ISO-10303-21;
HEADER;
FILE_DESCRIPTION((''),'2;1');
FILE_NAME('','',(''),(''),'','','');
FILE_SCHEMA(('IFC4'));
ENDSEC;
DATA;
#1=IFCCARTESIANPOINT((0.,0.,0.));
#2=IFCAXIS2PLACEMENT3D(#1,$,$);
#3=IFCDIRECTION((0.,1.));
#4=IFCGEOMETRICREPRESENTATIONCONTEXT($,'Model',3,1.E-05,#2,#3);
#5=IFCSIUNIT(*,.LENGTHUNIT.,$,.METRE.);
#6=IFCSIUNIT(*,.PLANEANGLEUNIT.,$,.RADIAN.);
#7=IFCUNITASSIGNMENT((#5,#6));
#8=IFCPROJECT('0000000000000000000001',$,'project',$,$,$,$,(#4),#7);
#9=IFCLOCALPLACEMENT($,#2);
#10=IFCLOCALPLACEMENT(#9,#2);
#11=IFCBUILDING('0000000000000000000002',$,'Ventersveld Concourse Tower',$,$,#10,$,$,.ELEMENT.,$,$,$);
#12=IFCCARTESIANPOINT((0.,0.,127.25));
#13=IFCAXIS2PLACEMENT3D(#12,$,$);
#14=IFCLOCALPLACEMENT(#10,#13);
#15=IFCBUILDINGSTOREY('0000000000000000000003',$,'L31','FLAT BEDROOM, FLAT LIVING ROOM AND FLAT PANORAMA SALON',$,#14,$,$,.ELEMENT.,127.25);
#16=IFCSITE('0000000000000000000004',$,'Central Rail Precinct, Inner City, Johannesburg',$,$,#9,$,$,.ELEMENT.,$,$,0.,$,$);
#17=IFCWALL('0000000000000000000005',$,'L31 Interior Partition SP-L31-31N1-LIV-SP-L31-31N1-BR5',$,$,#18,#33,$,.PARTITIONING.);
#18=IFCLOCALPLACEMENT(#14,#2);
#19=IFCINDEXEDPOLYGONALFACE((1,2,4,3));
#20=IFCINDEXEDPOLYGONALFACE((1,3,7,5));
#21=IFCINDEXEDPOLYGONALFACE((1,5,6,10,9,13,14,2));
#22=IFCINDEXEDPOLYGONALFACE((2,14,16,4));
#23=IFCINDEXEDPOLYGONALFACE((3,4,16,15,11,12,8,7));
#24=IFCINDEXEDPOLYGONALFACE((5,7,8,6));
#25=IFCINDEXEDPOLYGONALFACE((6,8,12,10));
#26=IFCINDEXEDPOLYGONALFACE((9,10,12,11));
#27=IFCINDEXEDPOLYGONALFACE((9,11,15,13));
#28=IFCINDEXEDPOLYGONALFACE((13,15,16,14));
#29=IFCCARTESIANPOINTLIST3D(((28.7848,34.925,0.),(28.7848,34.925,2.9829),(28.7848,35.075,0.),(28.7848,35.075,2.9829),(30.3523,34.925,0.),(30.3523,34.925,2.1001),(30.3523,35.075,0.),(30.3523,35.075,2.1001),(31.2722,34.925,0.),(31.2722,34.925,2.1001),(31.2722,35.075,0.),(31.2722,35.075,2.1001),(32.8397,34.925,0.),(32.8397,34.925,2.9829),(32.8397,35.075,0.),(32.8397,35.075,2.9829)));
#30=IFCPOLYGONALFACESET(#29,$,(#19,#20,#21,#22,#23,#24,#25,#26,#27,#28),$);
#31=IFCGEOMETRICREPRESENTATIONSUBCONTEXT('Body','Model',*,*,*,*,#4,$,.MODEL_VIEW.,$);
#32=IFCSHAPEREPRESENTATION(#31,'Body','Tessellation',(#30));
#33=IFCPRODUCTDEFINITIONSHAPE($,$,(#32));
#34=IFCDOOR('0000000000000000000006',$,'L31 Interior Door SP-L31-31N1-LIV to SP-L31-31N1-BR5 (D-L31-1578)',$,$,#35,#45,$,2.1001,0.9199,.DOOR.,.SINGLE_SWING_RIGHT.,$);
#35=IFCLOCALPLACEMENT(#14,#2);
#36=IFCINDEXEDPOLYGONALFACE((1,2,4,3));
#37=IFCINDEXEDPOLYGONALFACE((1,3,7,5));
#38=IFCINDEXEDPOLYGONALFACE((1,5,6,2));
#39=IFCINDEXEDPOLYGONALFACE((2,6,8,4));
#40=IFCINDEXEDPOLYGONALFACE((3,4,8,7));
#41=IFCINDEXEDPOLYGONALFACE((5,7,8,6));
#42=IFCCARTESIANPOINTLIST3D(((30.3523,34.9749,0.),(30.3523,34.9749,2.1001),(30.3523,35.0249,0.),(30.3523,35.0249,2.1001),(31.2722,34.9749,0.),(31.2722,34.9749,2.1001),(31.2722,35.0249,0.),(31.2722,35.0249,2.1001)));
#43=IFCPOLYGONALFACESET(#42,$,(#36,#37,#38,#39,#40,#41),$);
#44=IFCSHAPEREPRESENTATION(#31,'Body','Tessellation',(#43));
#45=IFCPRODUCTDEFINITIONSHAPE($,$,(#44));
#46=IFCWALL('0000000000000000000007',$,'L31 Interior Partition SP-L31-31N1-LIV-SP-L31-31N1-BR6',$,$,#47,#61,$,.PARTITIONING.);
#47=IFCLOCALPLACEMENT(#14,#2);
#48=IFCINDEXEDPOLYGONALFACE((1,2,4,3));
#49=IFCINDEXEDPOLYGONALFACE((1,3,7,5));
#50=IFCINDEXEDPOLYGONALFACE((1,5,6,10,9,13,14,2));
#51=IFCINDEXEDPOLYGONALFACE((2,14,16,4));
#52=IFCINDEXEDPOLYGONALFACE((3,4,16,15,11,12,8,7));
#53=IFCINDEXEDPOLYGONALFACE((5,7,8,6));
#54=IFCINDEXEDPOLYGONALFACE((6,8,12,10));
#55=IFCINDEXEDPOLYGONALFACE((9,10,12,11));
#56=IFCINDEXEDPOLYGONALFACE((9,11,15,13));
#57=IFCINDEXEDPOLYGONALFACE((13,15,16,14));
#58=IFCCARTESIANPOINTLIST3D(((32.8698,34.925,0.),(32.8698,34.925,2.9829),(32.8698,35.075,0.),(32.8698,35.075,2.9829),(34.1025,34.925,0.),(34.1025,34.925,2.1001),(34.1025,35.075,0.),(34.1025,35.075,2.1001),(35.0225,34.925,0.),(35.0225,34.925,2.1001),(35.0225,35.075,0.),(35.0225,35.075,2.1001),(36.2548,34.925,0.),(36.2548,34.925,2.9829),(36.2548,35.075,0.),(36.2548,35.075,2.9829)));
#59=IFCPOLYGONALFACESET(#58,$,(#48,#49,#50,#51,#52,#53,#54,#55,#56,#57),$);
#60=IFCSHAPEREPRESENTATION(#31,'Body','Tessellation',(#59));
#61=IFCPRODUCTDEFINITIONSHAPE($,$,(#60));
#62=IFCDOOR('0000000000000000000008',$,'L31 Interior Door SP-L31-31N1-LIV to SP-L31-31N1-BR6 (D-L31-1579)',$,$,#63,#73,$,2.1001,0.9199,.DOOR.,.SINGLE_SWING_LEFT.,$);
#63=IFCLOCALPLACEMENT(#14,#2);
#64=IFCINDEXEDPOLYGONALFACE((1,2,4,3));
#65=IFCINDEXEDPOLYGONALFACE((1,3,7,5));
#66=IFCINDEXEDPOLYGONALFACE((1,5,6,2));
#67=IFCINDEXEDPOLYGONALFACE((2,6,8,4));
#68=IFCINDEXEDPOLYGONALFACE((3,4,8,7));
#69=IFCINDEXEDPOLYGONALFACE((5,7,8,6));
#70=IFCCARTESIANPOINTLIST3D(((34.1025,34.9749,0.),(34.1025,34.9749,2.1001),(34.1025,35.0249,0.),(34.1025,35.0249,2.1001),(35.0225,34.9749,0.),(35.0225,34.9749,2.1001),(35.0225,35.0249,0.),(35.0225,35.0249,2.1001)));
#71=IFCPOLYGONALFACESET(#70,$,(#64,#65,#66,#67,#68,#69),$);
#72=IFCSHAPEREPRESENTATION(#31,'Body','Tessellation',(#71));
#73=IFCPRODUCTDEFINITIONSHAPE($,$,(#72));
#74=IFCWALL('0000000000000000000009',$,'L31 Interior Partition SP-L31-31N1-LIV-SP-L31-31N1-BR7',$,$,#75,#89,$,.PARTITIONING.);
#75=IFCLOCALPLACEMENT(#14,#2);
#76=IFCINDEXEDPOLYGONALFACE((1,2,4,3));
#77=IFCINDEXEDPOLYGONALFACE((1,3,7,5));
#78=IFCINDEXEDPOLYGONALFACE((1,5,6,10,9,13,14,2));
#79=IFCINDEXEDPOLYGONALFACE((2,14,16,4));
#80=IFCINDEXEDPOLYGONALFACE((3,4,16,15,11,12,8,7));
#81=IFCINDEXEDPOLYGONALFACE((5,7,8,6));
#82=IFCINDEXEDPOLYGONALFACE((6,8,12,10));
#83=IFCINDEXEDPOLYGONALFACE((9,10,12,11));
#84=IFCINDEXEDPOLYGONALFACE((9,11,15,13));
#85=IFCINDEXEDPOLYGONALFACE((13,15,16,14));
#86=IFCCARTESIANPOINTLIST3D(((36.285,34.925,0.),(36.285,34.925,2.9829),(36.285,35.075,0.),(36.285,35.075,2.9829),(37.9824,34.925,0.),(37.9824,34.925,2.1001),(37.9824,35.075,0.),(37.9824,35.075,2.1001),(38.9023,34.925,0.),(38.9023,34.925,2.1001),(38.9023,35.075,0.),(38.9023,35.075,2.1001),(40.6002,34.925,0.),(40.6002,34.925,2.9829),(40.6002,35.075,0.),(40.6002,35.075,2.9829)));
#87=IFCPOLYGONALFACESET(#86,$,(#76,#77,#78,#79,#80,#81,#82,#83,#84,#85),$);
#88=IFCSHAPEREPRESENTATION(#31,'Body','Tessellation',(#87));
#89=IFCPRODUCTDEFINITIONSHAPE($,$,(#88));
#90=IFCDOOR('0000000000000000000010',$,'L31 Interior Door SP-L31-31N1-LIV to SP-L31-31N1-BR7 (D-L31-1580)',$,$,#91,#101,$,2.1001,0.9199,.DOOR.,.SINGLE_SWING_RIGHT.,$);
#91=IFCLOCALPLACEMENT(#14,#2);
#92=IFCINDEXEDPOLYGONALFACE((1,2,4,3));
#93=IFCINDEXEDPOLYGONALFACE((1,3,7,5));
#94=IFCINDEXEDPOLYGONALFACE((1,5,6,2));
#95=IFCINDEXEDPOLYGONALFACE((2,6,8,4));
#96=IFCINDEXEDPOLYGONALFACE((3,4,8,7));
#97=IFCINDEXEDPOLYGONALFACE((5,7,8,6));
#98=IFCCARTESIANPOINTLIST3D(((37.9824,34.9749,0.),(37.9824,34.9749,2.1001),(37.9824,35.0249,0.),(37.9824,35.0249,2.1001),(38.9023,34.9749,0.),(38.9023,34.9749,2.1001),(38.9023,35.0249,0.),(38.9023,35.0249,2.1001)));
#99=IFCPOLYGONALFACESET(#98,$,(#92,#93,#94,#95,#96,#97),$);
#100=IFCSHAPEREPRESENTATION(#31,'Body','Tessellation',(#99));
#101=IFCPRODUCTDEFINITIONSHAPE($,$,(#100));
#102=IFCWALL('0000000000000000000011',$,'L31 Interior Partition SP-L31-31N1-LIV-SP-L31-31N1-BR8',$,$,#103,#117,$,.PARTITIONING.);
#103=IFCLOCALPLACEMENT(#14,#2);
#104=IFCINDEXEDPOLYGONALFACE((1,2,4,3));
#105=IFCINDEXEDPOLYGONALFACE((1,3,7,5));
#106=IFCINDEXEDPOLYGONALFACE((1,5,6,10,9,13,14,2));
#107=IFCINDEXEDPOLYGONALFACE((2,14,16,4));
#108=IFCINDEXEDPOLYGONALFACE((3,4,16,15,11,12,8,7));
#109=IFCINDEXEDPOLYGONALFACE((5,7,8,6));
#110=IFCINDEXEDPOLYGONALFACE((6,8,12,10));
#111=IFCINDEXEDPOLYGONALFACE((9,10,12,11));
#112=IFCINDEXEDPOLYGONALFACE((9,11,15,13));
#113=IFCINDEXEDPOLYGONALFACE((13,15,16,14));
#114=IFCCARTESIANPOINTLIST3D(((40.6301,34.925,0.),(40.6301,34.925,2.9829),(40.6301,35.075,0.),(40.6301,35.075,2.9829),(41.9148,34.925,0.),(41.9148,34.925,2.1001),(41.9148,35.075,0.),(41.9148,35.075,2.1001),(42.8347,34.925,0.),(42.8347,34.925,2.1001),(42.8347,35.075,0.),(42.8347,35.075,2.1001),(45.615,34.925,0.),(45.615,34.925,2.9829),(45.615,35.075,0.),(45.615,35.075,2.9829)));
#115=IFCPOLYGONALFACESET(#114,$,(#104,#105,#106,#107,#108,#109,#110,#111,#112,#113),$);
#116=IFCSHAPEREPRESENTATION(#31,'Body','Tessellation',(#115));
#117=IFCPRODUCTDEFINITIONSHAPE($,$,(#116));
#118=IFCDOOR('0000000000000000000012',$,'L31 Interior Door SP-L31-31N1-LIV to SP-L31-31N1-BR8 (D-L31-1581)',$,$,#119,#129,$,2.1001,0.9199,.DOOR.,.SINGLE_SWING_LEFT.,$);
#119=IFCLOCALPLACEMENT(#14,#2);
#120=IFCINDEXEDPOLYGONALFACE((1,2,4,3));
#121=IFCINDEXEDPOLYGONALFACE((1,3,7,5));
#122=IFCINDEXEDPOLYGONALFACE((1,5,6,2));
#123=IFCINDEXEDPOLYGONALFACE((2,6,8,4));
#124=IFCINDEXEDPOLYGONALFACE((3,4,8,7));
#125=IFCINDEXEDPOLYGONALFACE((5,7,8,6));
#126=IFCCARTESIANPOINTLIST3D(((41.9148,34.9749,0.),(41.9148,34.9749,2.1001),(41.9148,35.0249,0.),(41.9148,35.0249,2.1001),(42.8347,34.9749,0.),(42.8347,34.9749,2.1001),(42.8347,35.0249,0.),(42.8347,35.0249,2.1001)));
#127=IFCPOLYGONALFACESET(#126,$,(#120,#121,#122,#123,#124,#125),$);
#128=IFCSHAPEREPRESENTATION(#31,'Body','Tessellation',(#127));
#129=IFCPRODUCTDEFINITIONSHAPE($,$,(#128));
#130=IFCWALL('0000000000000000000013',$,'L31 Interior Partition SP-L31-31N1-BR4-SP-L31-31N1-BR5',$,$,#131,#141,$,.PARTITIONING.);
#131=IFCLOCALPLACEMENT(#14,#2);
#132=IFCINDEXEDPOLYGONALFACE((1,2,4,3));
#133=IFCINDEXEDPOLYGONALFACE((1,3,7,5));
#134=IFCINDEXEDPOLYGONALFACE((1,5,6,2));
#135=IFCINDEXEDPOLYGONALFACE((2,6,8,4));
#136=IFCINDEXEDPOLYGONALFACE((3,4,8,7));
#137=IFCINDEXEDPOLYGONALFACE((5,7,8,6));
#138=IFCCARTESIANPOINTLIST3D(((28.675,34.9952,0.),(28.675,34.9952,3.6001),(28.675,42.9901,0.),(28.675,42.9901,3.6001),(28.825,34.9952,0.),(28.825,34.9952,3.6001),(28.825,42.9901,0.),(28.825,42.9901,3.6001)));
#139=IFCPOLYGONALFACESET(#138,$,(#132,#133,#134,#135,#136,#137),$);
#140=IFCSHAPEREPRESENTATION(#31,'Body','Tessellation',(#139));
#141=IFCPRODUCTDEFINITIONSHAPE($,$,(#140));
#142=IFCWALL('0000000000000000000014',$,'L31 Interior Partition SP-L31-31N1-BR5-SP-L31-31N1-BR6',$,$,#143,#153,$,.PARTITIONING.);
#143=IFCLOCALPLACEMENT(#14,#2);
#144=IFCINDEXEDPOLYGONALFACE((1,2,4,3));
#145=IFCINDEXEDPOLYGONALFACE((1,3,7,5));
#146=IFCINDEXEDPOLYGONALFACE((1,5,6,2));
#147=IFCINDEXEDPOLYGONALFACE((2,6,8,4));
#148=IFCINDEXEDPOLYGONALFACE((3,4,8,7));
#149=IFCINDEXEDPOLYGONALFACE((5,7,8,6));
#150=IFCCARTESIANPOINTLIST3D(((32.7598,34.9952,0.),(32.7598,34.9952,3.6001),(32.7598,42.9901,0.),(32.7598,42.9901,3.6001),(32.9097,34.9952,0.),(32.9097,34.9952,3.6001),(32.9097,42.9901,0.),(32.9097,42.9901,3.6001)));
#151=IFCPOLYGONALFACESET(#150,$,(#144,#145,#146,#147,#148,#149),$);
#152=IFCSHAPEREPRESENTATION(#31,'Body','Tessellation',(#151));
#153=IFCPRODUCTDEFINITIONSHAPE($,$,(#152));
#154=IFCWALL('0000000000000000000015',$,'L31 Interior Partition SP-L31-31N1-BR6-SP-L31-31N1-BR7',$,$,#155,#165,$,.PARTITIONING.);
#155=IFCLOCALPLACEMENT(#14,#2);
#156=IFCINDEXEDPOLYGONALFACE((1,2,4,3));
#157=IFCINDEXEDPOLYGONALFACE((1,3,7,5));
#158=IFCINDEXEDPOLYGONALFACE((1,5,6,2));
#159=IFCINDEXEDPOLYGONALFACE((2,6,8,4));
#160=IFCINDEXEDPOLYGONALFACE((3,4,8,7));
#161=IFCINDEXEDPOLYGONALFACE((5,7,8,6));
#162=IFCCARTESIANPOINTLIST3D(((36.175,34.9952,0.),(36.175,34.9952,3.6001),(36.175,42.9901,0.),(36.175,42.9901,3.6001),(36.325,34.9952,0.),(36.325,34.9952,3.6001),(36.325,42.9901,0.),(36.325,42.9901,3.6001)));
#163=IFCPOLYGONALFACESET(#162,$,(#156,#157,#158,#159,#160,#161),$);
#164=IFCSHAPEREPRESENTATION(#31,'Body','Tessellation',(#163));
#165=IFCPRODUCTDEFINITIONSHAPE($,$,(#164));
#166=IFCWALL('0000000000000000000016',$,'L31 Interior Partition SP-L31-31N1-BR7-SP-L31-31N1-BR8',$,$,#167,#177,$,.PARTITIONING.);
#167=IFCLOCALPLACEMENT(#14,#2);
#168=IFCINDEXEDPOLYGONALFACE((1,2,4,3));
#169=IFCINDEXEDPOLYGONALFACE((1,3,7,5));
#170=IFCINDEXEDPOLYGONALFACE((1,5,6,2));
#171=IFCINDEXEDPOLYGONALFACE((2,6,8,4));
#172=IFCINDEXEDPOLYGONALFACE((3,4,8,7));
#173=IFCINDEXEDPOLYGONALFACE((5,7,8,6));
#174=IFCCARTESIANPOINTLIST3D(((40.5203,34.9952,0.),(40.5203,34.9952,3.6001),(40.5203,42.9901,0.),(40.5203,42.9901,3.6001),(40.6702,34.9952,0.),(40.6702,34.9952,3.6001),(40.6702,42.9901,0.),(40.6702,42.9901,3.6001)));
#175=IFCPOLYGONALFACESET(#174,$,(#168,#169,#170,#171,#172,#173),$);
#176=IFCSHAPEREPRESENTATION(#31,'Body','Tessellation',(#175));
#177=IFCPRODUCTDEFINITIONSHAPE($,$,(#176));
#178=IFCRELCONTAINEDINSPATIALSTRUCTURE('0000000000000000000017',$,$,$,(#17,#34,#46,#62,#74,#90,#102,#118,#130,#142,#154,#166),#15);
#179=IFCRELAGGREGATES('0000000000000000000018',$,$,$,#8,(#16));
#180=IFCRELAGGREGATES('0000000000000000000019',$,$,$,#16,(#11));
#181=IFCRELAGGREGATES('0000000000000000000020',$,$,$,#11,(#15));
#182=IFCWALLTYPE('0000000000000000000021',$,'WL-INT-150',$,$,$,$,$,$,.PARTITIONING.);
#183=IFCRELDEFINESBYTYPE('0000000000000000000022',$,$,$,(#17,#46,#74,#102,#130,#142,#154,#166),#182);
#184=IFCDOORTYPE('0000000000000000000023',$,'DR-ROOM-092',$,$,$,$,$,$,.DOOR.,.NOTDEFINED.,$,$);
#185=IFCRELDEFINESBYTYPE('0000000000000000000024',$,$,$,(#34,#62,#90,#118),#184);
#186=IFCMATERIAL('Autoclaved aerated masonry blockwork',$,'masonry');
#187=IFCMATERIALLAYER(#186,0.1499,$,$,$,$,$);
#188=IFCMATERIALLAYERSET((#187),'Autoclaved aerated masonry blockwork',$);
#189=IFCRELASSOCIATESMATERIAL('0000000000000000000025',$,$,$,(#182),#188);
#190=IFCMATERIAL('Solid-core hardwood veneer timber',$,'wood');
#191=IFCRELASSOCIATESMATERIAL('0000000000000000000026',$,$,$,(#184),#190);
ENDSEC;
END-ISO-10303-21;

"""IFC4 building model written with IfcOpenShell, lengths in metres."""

from ifc_helpers import new_model, si_unit, direction, frame, frame_2d, origin, place, context, subcontext, project, spatial, rectangle, extrude, material, layer, layer_set, type_object, element, fill, save


model = new_model("IFC4")

# Units and contexts
model_context = context("Model", 3, precision=1e-05, world=origin(), true_north=direction((0.0, 1.0)))
body_context = subcontext(model_context, "Body", "Model", "MODEL_VIEW")
ifc_project = project(units=[si_unit("LENGTHUNIT", "METRE"), si_unit("PLANEANGLEUNIT", "RADIAN")], contexts=[model_context])

# Site, building, storey
site_placement = place(None, origin())
site = spatial("IfcSite", under=ifc_project, at=site_placement, Name="Central Rail Precinct, Inner City, Johannesburg", CompositionType="ELEMENT", RefElevation=0.0)
building_placement = place(site_placement, origin())
building = spatial("IfcBuilding", under=site, at=building_placement, Name="Ventersveld Concourse Tower", CompositionType="ELEMENT")
storey_placement = place(building_placement, frame((0.0, 0.0, 127.25)))
storey = spatial("IfcBuildingStorey", under=building, at=storey_placement, Name="L31", Description="FLAT BEDROOM, FLAT LIVING ROOM AND FLAT PANORAMA SALON", CompositionType="ELEMENT", Elevation=127.25)

# Walls, openings, doors
ifc_material_1 = material(Name="Autoclaved aerated masonry blockwork", Category="masonry")
ifc_layer = layer(ifc_material_1, 0.1499)
ifc_layer_set = layer_set([ifc_layer], Name="Autoclaved aerated masonry blockwork")
wall_type = type_object("IfcWallType", Name="WL-INT-150", PredefinedType="PARTITIONING", material=ifc_layer_set)
ifc_material_2 = material(Name="Solid-core hardwood veneer timber", Category="wood")
door_type = type_object("IfcDoorType", Name="DR-ROOM-092", OperationType="NOTDEFINED", PredefinedType="DOOR", material=ifc_material_2)
wall_1_placement = place(storey_placement, frame((28.7849, 35.0, 0.0), z_axis=(0.0, 0.0, 1.0), x_axis=(1.0, 0.0, 0.0)))
wall_1 = element("IfcWall", 1, at=wall_1_placement, inside=storey, type_object=wall_type, Name="L31 Interior Partition SP-L31-31N1-LIV-SP-L31-31N1-BR5", PredefinedType="PARTITIONING", context=body_context, shape_type="SweptSolid", body=[
    extrude(rectangle(XDim=4.0549, YDim=0.1499, at=frame_2d((2.0273, 0.0))), origin(), (0.0, 0.0, 1.0), 2.9829),
])
opening_1_placement = place(wall_1_placement, frame((1.5674, 0.0, 0.0)))
opening_1 = element("IfcOpeningElement", 2, at=opening_1_placement, cuts=wall_1, PredefinedType="OPENING", context=body_context, shape_type="SweptSolid", body=[
    extrude(rectangle(XDim=0.9199, YDim=2.1001, at=frame_2d((0.46, 1.05))), frame((0.0, 0.085, 0.0), z_axis=(0.0, -1.0, 0.0), x_axis=(1.0, 0.0, 0.0)), (0.0, 0.0, 1.0), 0.1699),
])
door_1_placement = place(opening_1_placement, origin())
door_1 = element("IfcDoor", 3, at=door_1_placement, inside=storey, type_object=door_type, Name="L31 Interior Door SP-L31-31N1-LIV to SP-L31-31N1-BR5 (D-L31-1578)", OperationType="SINGLE_SWING_RIGHT", OverallHeight=2.1001, OverallWidth=0.9199, PredefinedType="DOOR", context=body_context, shape_type="SweptSolid", body=[
    extrude(rectangle(XDim=0.9199, YDim=2.1001, at=frame_2d((0.46, 1.05))), frame((0.0, 0.0249, 0.0), z_axis=(0.0, -1.0, 0.0), x_axis=(1.0, 0.0, 0.0)), (0.0, 0.0, 1.0), 0.05),
])
fill(opening_1, door_1)
wall_2_placement = place(storey_placement, frame((32.8699, 35.0, 0.0), z_axis=(0.0, 0.0, 1.0), x_axis=(1.0, 0.0, 0.0)))
wall_2 = element("IfcWall", 4, at=wall_2_placement, inside=storey, type_object=wall_type, Name="L31 Interior Partition SP-L31-31N1-LIV-SP-L31-31N1-BR6", PredefinedType="PARTITIONING", context=body_context, shape_type="SweptSolid", body=[
    extrude(rectangle(XDim=3.385, YDim=0.1499, at=frame_2d((1.6924, 0.0))), origin(), (0.0, 0.0, 1.0), 2.9829),
])
opening_2_placement = place(wall_2_placement, frame((1.2327, 0.0, 0.0)))
opening_2 = element("IfcOpeningElement", 5, at=opening_2_placement, cuts=wall_2, PredefinedType="OPENING", context=body_context, shape_type="SweptSolid", body=[
    extrude(rectangle(XDim=0.9199, YDim=2.1001, at=frame_2d((0.46, 1.05))), frame((0.0, 0.085, 0.0), z_axis=(0.0, -1.0, 0.0), x_axis=(1.0, 0.0, 0.0)), (0.0, 0.0, 1.0), 0.1699),
])
door_2_placement = place(opening_2_placement, origin())
door_2 = element("IfcDoor", 6, at=door_2_placement, inside=storey, type_object=door_type, Name="L31 Interior Door SP-L31-31N1-LIV to SP-L31-31N1-BR6 (D-L31-1579)", OperationType="SINGLE_SWING_LEFT", OverallHeight=2.1001, OverallWidth=0.9199, PredefinedType="DOOR", context=body_context, shape_type="SweptSolid", body=[
    extrude(rectangle(XDim=0.9199, YDim=2.1001, at=frame_2d((0.46, 1.05))), frame((0.0, 0.0249, 0.0), z_axis=(0.0, -1.0, 0.0), x_axis=(1.0, 0.0, 0.0)), (0.0, 0.0, 1.0), 0.05),
])
fill(opening_2, door_2)
wall_3_placement = place(storey_placement, frame((36.2849, 35.0, 0.0), z_axis=(0.0, 0.0, 1.0), x_axis=(1.0, 0.0, 0.0)))
wall_3 = element("IfcWall", 7, at=wall_3_placement, inside=storey, type_object=wall_type, Name="L31 Interior Partition SP-L31-31N1-LIV-SP-L31-31N1-BR7", PredefinedType="PARTITIONING", context=body_context, shape_type="SweptSolid", body=[
    extrude(rectangle(XDim=4.3152, YDim=0.1499, at=frame_2d((2.1577, 0.0))), origin(), (0.0, 0.0, 1.0), 2.9829),
])
opening_3_placement = place(wall_3_placement, frame((1.6975, 0.0, 0.0)))
opening_3 = element("IfcOpeningElement", 8, at=opening_3_placement, cuts=wall_3, PredefinedType="OPENING", context=body_context, shape_type="SweptSolid", body=[
    extrude(rectangle(XDim=0.9199, YDim=2.1001, at=frame_2d((0.46, 1.05))), frame((0.0, 0.085, 0.0), z_axis=(0.0, -1.0, 0.0), x_axis=(1.0, 0.0, 0.0)), (0.0, 0.0, 1.0), 0.1699),
])
door_3_placement = place(opening_3_placement, origin())
door_3 = element("IfcDoor", 9, at=door_3_placement, inside=storey, type_object=door_type, Name="L31 Interior Door SP-L31-31N1-LIV to SP-L31-31N1-BR7 (D-L31-1580)", OperationType="SINGLE_SWING_RIGHT", OverallHeight=2.1001, OverallWidth=0.9199, PredefinedType="DOOR", context=body_context, shape_type="SweptSolid", body=[
    extrude(rectangle(XDim=0.9199, YDim=2.1001, at=frame_2d((0.46, 1.05))), frame((0.0, 0.0249, 0.0), z_axis=(0.0, -1.0, 0.0), x_axis=(1.0, 0.0, 0.0)), (0.0, 0.0, 1.0), 0.05),
])
fill(opening_3, door_3)
wall_4_placement = place(storey_placement, frame((40.6301, 35.0, 0.0), z_axis=(0.0, 0.0, 1.0), x_axis=(1.0, 0.0, 0.0)))
wall_4 = element("IfcWall", 10, at=wall_4_placement, inside=storey, type_object=wall_type, Name="L31 Interior Partition SP-L31-31N1-LIV-SP-L31-31N1-BR8", PredefinedType="PARTITIONING", context=body_context, shape_type="SweptSolid", body=[
    extrude(rectangle(XDim=4.9849, YDim=0.1499, at=frame_2d((2.4924, 0.0))), origin(), (0.0, 0.0, 1.0), 2.9829),
])
opening_4_placement = place(wall_4_placement, frame((1.2847, 0.0, 0.0)))
opening_4 = element("IfcOpeningElement", 11, at=opening_4_placement, cuts=wall_4, PredefinedType="OPENING", context=body_context, shape_type="SweptSolid", body=[
    extrude(rectangle(XDim=0.9199, YDim=2.1001, at=frame_2d((0.46, 1.05))), frame((0.0, 0.085, 0.0), z_axis=(0.0, -1.0, 0.0), x_axis=(1.0, 0.0, 0.0)), (0.0, 0.0, 1.0), 0.1699),
])
door_4_placement = place(opening_4_placement, origin())
door_4 = element("IfcDoor", 12, at=door_4_placement, inside=storey, type_object=door_type, Name="L31 Interior Door SP-L31-31N1-LIV to SP-L31-31N1-BR8 (D-L31-1581)", OperationType="SINGLE_SWING_LEFT", OverallHeight=2.1001, OverallWidth=0.9199, PredefinedType="DOOR", context=body_context, shape_type="SweptSolid", body=[
    extrude(rectangle(XDim=0.9199, YDim=2.1001, at=frame_2d((0.46, 1.05))), frame((0.0, 0.0249, 0.0), z_axis=(0.0, -1.0, 0.0), x_axis=(1.0, 0.0, 0.0)), (0.0, 0.0, 1.0), 0.05),
])
fill(opening_4, door_4)

# Walls
for number, where, z_axis, x_axis, name in (
    (13, (28.75, 34.9951, 0.0), (0.0, 0.0, 1.0), (0.0, 1.0, 0.0), "L31 Interior Partition SP-L31-31N1-BR4-SP-L31-31N1-BR5"),
    (14, (32.8347, 34.9951, 0.0), (0.0, 0.0, 1.0), (0.0, 1.0, 0.0), "L31 Interior Partition SP-L31-31N1-BR5-SP-L31-31N1-BR6"),
    (15, (36.25, 34.9951, 0.0), (0.0, 0.0, 1.0), (0.0, 1.0, 0.0), "L31 Interior Partition SP-L31-31N1-BR6-SP-L31-31N1-BR7"),
    (16, (40.5952, 34.9951, 0.0), (0.0, 0.0, 1.0), (0.0, 1.0, 0.0), "L31 Interior Partition SP-L31-31N1-BR7-SP-L31-31N1-BR8"),
):
    element("IfcWall", number, at=place(storey_placement, frame(where, z_axis=z_axis, x_axis=x_axis)), inside=storey, type_object=wall_type, Name=name, PredefinedType="PARTITIONING", context=body_context, shape_type="SweptSolid", body=[
        extrude(rectangle(XDim=7.9949, YDim=0.1499, at=frame_2d((3.9976, 0.0))), origin(), (0.0, 0.0, 1.0), 3.6001),
    ])

save(model, "model.ifc")
